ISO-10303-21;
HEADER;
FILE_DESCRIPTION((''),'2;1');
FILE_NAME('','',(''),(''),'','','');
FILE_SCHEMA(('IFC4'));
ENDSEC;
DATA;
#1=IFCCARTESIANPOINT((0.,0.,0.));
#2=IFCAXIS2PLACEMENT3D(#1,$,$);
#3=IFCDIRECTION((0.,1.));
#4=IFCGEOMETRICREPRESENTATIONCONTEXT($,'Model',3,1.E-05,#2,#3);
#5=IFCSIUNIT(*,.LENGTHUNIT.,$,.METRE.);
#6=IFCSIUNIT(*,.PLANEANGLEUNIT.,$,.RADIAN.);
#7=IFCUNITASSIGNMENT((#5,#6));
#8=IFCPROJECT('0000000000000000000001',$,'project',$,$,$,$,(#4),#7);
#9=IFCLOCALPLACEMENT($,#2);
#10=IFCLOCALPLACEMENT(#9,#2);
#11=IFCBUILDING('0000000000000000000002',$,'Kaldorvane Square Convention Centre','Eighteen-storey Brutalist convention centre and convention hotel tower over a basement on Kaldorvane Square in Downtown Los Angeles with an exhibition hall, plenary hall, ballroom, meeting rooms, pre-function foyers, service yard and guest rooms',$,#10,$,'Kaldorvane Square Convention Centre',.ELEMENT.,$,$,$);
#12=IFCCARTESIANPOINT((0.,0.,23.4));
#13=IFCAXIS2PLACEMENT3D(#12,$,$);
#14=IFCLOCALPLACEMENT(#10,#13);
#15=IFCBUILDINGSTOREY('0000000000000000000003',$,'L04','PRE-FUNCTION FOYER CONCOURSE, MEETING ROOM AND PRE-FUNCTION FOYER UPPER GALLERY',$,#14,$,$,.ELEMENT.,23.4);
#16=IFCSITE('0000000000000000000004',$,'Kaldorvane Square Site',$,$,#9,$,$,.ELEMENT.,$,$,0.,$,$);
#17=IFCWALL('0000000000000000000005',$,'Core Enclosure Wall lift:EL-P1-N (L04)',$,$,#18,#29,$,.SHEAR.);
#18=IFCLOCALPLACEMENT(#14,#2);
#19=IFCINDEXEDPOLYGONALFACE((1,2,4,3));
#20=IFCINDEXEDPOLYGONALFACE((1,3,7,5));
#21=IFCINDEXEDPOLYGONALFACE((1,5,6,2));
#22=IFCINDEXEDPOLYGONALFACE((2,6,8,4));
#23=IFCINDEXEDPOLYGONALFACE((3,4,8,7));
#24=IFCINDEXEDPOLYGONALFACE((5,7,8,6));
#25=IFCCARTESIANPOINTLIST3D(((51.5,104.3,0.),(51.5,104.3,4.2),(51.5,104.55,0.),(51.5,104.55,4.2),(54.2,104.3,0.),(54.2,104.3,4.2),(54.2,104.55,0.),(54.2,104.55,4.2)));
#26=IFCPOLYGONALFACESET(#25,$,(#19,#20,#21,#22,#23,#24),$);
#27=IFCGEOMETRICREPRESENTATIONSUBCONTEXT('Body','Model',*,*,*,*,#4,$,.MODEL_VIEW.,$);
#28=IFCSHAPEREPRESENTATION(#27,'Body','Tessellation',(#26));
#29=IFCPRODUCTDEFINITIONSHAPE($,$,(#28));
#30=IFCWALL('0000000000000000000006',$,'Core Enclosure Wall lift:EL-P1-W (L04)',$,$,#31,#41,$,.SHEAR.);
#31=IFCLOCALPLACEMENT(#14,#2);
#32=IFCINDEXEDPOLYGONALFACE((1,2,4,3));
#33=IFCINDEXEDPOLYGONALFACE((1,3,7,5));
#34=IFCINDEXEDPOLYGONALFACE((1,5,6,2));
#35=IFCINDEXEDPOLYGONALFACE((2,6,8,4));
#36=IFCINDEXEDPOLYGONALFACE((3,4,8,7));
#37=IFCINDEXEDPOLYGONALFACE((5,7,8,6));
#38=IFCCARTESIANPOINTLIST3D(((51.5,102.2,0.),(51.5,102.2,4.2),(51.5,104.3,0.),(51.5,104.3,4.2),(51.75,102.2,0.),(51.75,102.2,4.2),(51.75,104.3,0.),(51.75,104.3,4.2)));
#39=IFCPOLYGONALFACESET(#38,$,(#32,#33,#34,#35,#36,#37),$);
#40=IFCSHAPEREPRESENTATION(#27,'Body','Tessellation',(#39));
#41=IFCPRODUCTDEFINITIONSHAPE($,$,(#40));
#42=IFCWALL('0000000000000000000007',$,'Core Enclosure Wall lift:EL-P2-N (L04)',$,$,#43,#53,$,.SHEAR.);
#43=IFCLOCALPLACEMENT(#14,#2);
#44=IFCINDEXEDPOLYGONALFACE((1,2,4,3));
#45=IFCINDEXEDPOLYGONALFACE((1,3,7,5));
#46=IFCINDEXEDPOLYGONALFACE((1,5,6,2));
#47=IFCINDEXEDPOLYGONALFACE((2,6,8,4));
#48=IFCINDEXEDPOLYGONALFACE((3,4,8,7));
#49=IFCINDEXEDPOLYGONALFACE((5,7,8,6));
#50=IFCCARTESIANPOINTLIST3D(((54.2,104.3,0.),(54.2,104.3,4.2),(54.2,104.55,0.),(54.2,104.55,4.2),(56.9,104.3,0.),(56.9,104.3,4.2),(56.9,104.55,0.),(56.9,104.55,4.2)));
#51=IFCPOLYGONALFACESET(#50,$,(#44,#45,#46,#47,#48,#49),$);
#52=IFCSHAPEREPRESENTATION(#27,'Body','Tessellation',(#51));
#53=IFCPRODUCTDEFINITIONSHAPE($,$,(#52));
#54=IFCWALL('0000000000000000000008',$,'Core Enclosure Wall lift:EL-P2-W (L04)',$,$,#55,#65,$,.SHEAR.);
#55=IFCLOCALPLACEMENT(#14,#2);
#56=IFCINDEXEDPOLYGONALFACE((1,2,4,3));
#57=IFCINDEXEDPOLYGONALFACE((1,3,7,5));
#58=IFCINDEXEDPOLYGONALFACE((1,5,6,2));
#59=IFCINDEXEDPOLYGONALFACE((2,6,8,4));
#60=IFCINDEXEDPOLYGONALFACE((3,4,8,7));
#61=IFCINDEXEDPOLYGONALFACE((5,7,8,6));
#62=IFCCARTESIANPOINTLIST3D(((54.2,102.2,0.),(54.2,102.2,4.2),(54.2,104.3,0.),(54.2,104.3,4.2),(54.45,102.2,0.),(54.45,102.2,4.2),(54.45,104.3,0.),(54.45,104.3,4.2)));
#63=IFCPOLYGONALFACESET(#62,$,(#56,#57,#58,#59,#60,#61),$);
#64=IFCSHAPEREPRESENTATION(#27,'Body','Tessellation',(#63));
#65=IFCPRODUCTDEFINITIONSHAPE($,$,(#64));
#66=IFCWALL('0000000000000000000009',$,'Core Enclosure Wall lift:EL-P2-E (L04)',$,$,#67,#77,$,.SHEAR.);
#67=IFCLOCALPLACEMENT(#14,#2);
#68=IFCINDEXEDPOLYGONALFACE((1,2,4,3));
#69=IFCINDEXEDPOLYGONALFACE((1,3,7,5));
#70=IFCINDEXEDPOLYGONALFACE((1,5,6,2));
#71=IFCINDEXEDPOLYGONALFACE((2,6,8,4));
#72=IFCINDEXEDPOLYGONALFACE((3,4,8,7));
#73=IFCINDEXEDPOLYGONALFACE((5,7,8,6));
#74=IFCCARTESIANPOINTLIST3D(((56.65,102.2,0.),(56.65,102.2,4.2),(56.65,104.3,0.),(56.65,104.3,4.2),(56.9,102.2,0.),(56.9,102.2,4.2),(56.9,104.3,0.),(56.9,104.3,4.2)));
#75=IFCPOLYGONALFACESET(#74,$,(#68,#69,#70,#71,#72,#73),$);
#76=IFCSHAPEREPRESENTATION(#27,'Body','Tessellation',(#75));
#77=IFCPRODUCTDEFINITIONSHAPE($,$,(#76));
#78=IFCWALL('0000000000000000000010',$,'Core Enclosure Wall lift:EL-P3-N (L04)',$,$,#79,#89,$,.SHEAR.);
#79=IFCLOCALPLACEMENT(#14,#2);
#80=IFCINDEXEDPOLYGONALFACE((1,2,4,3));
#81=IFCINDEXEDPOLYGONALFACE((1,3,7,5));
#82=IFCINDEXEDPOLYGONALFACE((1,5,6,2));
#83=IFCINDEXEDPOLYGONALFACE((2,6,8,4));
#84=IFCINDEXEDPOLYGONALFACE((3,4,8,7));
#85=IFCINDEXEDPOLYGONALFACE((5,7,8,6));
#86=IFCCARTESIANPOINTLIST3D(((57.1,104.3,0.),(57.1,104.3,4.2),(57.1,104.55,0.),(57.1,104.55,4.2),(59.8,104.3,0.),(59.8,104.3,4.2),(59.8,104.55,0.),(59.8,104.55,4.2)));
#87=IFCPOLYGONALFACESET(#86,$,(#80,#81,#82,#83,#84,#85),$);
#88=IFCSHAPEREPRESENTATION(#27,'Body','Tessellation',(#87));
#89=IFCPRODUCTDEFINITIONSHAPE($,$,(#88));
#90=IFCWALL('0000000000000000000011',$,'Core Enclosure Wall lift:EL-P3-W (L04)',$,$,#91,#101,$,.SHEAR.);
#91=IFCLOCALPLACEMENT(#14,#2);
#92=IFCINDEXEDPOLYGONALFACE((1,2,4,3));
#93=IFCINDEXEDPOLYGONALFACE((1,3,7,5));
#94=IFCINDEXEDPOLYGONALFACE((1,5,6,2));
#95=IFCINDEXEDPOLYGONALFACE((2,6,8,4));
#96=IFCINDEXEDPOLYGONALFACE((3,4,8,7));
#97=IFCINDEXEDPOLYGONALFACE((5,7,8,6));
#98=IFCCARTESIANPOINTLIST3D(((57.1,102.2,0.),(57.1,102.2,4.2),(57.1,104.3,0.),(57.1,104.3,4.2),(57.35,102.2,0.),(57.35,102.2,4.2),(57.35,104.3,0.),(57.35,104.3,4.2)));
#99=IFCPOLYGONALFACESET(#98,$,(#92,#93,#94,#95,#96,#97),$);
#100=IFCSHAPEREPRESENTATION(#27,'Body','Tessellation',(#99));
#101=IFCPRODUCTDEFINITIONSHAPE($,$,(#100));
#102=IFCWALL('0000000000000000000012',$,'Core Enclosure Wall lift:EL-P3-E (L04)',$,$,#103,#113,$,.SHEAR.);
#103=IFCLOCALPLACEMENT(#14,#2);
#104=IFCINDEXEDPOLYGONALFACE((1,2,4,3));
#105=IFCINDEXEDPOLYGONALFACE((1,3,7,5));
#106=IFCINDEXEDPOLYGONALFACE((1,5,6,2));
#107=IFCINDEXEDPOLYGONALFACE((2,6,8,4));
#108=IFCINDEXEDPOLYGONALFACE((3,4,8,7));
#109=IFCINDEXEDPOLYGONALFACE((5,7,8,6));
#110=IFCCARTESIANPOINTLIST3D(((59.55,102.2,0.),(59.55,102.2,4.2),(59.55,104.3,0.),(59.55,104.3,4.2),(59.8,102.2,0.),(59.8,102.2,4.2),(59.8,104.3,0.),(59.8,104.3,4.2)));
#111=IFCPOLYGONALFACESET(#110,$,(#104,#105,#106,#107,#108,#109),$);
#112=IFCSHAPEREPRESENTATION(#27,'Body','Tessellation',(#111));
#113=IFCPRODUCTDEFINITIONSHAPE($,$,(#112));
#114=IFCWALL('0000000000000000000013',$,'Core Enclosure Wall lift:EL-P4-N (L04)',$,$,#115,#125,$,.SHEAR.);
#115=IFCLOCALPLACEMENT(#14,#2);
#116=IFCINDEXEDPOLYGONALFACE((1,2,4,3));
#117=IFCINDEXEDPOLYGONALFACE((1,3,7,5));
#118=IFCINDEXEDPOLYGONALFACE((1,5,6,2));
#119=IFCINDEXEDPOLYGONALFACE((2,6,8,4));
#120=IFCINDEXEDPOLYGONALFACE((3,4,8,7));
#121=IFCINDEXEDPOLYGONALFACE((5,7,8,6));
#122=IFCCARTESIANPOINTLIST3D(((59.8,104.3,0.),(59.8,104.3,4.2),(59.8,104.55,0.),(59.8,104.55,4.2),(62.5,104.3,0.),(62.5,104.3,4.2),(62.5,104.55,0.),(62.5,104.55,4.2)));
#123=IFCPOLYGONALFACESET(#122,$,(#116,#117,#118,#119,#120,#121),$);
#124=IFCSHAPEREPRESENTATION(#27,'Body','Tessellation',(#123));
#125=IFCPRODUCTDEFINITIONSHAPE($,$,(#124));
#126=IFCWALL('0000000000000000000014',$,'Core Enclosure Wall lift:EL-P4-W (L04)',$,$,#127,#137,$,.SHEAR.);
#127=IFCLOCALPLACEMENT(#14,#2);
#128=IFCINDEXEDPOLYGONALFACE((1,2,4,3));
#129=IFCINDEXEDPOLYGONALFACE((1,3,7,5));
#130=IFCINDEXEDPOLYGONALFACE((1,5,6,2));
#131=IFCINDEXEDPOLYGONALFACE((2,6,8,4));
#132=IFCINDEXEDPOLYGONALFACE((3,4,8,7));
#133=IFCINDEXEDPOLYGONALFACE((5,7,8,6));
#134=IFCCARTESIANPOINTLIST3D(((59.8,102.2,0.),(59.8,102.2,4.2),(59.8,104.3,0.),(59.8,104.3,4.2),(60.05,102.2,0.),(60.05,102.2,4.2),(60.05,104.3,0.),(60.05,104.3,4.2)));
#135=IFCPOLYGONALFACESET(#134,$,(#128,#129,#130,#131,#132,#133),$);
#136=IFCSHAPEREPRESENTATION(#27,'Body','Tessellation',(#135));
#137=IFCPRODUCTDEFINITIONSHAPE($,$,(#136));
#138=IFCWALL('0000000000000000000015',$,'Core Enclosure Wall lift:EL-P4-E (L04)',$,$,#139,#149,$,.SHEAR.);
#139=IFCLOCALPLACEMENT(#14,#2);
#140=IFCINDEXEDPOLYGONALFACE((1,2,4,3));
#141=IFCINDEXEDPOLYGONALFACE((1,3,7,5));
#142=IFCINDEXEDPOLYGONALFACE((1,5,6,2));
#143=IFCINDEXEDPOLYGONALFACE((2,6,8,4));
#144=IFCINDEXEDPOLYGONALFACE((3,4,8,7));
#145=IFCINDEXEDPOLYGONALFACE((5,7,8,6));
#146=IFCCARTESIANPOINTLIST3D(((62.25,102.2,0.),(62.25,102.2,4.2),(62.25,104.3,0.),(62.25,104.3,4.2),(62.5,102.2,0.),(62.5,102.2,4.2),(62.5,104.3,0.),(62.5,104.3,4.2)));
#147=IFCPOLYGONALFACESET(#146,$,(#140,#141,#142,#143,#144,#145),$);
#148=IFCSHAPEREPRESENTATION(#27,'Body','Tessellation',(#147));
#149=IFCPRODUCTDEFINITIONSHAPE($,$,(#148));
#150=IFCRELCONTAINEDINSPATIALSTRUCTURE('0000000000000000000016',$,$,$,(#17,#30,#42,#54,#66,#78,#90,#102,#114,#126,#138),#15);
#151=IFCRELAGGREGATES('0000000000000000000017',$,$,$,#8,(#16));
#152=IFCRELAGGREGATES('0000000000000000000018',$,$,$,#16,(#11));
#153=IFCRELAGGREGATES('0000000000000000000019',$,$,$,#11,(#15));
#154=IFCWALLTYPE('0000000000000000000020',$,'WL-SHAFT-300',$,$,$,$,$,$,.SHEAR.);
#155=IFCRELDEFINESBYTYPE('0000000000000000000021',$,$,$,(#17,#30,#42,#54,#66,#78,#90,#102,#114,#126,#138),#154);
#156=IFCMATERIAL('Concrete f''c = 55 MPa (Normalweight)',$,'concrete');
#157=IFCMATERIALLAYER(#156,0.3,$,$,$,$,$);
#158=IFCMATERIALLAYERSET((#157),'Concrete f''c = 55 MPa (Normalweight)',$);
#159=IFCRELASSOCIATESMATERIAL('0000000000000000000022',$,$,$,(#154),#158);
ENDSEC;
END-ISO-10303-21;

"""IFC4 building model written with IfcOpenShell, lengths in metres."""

from ifc_helpers import new_model, si_unit, direction, frame, frame_2d, origin, place, context, subcontext, project, spatial, rectangle, extrude, material, layer, layer_set, type_object, element, save


model = new_model("IFC4")

# Units and contexts
model_context = context("Model", 3, precision=1e-05, world=origin(), true_north=direction((0.0, 1.0)))
body_context = subcontext(model_context, "Body", "Model", "MODEL_VIEW")
ifc_project = project(units=[si_unit("LENGTHUNIT", "METRE"), si_unit("PLANEANGLEUNIT", "RADIAN")], contexts=[model_context])

# Site, building, storey
site_placement = place(None, origin())
site = spatial("IfcSite", under=ifc_project, at=site_placement, Name="Kaldorvane Square Site", CompositionType="ELEMENT", RefElevation=0.0)
building_placement = place(site_placement, origin())
building = spatial("IfcBuilding", under=site, at=building_placement, Name="Kaldorvane Square Convention Centre", Description="Eighteen-storey Brutalist convention centre and convention hotel tower over a basement on Kaldorvane Square in Downtown Los Angeles with an exhibition hall, plenary hall, ballroom, meeting rooms, pre-function foyers, service yard and guest rooms", LongName="Kaldorvane Square Convention Centre", CompositionType="ELEMENT")
storey_placement = place(building_placement, frame((0.0, 0.0, 23.4)))
storey = spatial("IfcBuildingStorey", under=building, at=storey_placement, Name="L04", Description="PRE-FUNCTION FOYER CONCOURSE, MEETING ROOM AND PRE-FUNCTION FOYER UPPER GALLERY", CompositionType="ELEMENT", Elevation=23.4)

# Shared definitions
ifc_material_1 = material(Name="Concrete f'c = 55 MPa (Normalweight)", Category="concrete")

# Walls
ifc_layer_1 = layer(ifc_material_1, 0.3)
ifc_layer_set_1 = layer_set([ifc_layer_1], Name="Concrete f'c = 55 MPa (Normalweight)")
wall_type_1 = type_object("IfcWallType", Name="WL-SHAFT-300", PredefinedType="SHEAR", material=ifc_layer_set_1)
wall_1_placement = place(storey_placement, frame((54.2, 104.425, 0.0), z_axis=(0.0, 0.0, 1.0), x_axis=(-1.0, 0.0, 0.0)))
element("IfcWall", 1, at=wall_1_placement, inside=storey, type_object=wall_type_1, Name="Core Enclosure Wall lift:EL-P1-N (L04)", PredefinedType="SHEAR", context=body_context, shape_type="SweptSolid", body=[
    extrude(rectangle(XDim=2.7, YDim=0.25, at=frame_2d((1.35, 0.0))), origin(), (0.0, 0.0, 1.0), 4.2),
])
wall_2_placement = place(storey_placement, frame((51.625, 104.3, 0.0), z_axis=(0.0, 0.0, 1.0), x_axis=(0.0, -1.0, 0.0)))
element("IfcWall", 2, at=wall_2_placement, inside=storey, type_object=wall_type_1, Name="Core Enclosure Wall lift:EL-P1-W (L04)", PredefinedType="SHEAR", context=body_context, shape_type="SweptSolid", body=[
    extrude(rectangle(XDim=2.1, YDim=0.25, at=frame_2d((1.05, 0.0))), origin(), (0.0, 0.0, 1.0), 4.2),
])
wall_3_placement = place(storey_placement, frame((56.9, 104.425, 0.0), z_axis=(0.0, 0.0, 1.0), x_axis=(-1.0, 0.0, 0.0)))
element("IfcWall", 3, at=wall_3_placement, inside=storey, type_object=wall_type_1, Name="Core Enclosure Wall lift:EL-P2-N (L04)", PredefinedType="SHEAR", context=body_context, shape_type="SweptSolid", body=[
    extrude(rectangle(XDim=2.7, YDim=0.25, at=frame_2d((1.35, 0.0))), origin(), (0.0, 0.0, 1.0), 4.2),
])
for number, where, z_axis, x_axis, name in (
    (4, (54.325, 104.3, 0.0), (0.0, 0.0, 1.0), (0.0, -1.0, 0.0), "Core Enclosure Wall lift:EL-P2-W (L04)"),
    (5, (56.775, 102.2, 0.0), (0.0, 0.0, 1.0), (0.0, 1.0, 0.0), "Core Enclosure Wall lift:EL-P2-E (L04)"),
):
    element("IfcWall", number, at=place(storey_placement, frame(where, z_axis=z_axis, x_axis=x_axis)), inside=storey, type_object=wall_type_1, Name=name, PredefinedType="SHEAR", context=body_context, shape_type="SweptSolid", body=[
        extrude(rectangle(XDim=2.1, YDim=0.25, at=frame_2d((1.05, 0.0))), origin(), (0.0, 0.0, 1.0), 4.2),
    ])
wall_4_placement = place(storey_placement, frame((59.8, 104.425, 0.0), z_axis=(0.0, 0.0, 1.0), x_axis=(-1.0, 0.0, 0.0)))
element("IfcWall", 6, at=wall_4_placement, inside=storey, type_object=wall_type_1, Name="Core Enclosure Wall lift:EL-P3-N (L04)", PredefinedType="SHEAR", context=body_context, shape_type="SweptSolid", body=[
    extrude(rectangle(XDim=2.7, YDim=0.25, at=frame_2d((1.35, 0.0))), origin(), (0.0, 0.0, 1.0), 4.2),
])
for number, where, z_axis, x_axis, name in (
    (7, (57.225, 104.3, 0.0), (0.0, 0.0, 1.0), (0.0, -1.0, 0.0), "Core Enclosure Wall lift:EL-P3-W (L04)"),
    (8, (59.675, 102.2, 0.0), (0.0, 0.0, 1.0), (0.0, 1.0, 0.0), "Core Enclosure Wall lift:EL-P3-E (L04)"),
):
    element("IfcWall", number, at=place(storey_placement, frame(where, z_axis=z_axis, x_axis=x_axis)), inside=storey, type_object=wall_type_1, Name=name, PredefinedType="SHEAR", context=body_context, shape_type="SweptSolid", body=[
        extrude(rectangle(XDim=2.1, YDim=0.25, at=frame_2d((1.05, 0.0))), origin(), (0.0, 0.0, 1.0), 4.2),
    ])
wall_5_placement = place(storey_placement, frame((62.5, 104.425, 0.0), z_axis=(0.0, 0.0, 1.0), x_axis=(-1.0, 0.0, 0.0)))
element("IfcWall", 9, at=wall_5_placement, inside=storey, type_object=wall_type_1, Name="Core Enclosure Wall lift:EL-P4-N (L04)", PredefinedType="SHEAR", context=body_context, shape_type="SweptSolid", body=[
    extrude(rectangle(XDim=2.7, YDim=0.25, at=frame_2d((1.35, 0.0))), origin(), (0.0, 0.0, 1.0), 4.2),
])
for number, where, z_axis, x_axis, name in (
    (10, (59.925, 104.3, 0.0), (0.0, 0.0, 1.0), (0.0, -1.0, 0.0), "Core Enclosure Wall lift:EL-P4-W (L04)"),
    (11, (62.375, 102.2, 0.0), (0.0, 0.0, 1.0), (0.0, 1.0, 0.0), "Core Enclosure Wall lift:EL-P4-E (L04)"),
):
    element("IfcWall", number, at=place(storey_placement, frame(where, z_axis=z_axis, x_axis=x_axis)), inside=storey, type_object=wall_type_1, Name=name, PredefinedType="SHEAR", context=body_context, shape_type="SweptSolid", body=[
        extrude(rectangle(XDim=2.1, YDim=0.25, at=frame_2d((1.05, 0.0))), origin(), (0.0, 0.0, 1.0), 4.2),
    ])

save(model, "model.ifc")
